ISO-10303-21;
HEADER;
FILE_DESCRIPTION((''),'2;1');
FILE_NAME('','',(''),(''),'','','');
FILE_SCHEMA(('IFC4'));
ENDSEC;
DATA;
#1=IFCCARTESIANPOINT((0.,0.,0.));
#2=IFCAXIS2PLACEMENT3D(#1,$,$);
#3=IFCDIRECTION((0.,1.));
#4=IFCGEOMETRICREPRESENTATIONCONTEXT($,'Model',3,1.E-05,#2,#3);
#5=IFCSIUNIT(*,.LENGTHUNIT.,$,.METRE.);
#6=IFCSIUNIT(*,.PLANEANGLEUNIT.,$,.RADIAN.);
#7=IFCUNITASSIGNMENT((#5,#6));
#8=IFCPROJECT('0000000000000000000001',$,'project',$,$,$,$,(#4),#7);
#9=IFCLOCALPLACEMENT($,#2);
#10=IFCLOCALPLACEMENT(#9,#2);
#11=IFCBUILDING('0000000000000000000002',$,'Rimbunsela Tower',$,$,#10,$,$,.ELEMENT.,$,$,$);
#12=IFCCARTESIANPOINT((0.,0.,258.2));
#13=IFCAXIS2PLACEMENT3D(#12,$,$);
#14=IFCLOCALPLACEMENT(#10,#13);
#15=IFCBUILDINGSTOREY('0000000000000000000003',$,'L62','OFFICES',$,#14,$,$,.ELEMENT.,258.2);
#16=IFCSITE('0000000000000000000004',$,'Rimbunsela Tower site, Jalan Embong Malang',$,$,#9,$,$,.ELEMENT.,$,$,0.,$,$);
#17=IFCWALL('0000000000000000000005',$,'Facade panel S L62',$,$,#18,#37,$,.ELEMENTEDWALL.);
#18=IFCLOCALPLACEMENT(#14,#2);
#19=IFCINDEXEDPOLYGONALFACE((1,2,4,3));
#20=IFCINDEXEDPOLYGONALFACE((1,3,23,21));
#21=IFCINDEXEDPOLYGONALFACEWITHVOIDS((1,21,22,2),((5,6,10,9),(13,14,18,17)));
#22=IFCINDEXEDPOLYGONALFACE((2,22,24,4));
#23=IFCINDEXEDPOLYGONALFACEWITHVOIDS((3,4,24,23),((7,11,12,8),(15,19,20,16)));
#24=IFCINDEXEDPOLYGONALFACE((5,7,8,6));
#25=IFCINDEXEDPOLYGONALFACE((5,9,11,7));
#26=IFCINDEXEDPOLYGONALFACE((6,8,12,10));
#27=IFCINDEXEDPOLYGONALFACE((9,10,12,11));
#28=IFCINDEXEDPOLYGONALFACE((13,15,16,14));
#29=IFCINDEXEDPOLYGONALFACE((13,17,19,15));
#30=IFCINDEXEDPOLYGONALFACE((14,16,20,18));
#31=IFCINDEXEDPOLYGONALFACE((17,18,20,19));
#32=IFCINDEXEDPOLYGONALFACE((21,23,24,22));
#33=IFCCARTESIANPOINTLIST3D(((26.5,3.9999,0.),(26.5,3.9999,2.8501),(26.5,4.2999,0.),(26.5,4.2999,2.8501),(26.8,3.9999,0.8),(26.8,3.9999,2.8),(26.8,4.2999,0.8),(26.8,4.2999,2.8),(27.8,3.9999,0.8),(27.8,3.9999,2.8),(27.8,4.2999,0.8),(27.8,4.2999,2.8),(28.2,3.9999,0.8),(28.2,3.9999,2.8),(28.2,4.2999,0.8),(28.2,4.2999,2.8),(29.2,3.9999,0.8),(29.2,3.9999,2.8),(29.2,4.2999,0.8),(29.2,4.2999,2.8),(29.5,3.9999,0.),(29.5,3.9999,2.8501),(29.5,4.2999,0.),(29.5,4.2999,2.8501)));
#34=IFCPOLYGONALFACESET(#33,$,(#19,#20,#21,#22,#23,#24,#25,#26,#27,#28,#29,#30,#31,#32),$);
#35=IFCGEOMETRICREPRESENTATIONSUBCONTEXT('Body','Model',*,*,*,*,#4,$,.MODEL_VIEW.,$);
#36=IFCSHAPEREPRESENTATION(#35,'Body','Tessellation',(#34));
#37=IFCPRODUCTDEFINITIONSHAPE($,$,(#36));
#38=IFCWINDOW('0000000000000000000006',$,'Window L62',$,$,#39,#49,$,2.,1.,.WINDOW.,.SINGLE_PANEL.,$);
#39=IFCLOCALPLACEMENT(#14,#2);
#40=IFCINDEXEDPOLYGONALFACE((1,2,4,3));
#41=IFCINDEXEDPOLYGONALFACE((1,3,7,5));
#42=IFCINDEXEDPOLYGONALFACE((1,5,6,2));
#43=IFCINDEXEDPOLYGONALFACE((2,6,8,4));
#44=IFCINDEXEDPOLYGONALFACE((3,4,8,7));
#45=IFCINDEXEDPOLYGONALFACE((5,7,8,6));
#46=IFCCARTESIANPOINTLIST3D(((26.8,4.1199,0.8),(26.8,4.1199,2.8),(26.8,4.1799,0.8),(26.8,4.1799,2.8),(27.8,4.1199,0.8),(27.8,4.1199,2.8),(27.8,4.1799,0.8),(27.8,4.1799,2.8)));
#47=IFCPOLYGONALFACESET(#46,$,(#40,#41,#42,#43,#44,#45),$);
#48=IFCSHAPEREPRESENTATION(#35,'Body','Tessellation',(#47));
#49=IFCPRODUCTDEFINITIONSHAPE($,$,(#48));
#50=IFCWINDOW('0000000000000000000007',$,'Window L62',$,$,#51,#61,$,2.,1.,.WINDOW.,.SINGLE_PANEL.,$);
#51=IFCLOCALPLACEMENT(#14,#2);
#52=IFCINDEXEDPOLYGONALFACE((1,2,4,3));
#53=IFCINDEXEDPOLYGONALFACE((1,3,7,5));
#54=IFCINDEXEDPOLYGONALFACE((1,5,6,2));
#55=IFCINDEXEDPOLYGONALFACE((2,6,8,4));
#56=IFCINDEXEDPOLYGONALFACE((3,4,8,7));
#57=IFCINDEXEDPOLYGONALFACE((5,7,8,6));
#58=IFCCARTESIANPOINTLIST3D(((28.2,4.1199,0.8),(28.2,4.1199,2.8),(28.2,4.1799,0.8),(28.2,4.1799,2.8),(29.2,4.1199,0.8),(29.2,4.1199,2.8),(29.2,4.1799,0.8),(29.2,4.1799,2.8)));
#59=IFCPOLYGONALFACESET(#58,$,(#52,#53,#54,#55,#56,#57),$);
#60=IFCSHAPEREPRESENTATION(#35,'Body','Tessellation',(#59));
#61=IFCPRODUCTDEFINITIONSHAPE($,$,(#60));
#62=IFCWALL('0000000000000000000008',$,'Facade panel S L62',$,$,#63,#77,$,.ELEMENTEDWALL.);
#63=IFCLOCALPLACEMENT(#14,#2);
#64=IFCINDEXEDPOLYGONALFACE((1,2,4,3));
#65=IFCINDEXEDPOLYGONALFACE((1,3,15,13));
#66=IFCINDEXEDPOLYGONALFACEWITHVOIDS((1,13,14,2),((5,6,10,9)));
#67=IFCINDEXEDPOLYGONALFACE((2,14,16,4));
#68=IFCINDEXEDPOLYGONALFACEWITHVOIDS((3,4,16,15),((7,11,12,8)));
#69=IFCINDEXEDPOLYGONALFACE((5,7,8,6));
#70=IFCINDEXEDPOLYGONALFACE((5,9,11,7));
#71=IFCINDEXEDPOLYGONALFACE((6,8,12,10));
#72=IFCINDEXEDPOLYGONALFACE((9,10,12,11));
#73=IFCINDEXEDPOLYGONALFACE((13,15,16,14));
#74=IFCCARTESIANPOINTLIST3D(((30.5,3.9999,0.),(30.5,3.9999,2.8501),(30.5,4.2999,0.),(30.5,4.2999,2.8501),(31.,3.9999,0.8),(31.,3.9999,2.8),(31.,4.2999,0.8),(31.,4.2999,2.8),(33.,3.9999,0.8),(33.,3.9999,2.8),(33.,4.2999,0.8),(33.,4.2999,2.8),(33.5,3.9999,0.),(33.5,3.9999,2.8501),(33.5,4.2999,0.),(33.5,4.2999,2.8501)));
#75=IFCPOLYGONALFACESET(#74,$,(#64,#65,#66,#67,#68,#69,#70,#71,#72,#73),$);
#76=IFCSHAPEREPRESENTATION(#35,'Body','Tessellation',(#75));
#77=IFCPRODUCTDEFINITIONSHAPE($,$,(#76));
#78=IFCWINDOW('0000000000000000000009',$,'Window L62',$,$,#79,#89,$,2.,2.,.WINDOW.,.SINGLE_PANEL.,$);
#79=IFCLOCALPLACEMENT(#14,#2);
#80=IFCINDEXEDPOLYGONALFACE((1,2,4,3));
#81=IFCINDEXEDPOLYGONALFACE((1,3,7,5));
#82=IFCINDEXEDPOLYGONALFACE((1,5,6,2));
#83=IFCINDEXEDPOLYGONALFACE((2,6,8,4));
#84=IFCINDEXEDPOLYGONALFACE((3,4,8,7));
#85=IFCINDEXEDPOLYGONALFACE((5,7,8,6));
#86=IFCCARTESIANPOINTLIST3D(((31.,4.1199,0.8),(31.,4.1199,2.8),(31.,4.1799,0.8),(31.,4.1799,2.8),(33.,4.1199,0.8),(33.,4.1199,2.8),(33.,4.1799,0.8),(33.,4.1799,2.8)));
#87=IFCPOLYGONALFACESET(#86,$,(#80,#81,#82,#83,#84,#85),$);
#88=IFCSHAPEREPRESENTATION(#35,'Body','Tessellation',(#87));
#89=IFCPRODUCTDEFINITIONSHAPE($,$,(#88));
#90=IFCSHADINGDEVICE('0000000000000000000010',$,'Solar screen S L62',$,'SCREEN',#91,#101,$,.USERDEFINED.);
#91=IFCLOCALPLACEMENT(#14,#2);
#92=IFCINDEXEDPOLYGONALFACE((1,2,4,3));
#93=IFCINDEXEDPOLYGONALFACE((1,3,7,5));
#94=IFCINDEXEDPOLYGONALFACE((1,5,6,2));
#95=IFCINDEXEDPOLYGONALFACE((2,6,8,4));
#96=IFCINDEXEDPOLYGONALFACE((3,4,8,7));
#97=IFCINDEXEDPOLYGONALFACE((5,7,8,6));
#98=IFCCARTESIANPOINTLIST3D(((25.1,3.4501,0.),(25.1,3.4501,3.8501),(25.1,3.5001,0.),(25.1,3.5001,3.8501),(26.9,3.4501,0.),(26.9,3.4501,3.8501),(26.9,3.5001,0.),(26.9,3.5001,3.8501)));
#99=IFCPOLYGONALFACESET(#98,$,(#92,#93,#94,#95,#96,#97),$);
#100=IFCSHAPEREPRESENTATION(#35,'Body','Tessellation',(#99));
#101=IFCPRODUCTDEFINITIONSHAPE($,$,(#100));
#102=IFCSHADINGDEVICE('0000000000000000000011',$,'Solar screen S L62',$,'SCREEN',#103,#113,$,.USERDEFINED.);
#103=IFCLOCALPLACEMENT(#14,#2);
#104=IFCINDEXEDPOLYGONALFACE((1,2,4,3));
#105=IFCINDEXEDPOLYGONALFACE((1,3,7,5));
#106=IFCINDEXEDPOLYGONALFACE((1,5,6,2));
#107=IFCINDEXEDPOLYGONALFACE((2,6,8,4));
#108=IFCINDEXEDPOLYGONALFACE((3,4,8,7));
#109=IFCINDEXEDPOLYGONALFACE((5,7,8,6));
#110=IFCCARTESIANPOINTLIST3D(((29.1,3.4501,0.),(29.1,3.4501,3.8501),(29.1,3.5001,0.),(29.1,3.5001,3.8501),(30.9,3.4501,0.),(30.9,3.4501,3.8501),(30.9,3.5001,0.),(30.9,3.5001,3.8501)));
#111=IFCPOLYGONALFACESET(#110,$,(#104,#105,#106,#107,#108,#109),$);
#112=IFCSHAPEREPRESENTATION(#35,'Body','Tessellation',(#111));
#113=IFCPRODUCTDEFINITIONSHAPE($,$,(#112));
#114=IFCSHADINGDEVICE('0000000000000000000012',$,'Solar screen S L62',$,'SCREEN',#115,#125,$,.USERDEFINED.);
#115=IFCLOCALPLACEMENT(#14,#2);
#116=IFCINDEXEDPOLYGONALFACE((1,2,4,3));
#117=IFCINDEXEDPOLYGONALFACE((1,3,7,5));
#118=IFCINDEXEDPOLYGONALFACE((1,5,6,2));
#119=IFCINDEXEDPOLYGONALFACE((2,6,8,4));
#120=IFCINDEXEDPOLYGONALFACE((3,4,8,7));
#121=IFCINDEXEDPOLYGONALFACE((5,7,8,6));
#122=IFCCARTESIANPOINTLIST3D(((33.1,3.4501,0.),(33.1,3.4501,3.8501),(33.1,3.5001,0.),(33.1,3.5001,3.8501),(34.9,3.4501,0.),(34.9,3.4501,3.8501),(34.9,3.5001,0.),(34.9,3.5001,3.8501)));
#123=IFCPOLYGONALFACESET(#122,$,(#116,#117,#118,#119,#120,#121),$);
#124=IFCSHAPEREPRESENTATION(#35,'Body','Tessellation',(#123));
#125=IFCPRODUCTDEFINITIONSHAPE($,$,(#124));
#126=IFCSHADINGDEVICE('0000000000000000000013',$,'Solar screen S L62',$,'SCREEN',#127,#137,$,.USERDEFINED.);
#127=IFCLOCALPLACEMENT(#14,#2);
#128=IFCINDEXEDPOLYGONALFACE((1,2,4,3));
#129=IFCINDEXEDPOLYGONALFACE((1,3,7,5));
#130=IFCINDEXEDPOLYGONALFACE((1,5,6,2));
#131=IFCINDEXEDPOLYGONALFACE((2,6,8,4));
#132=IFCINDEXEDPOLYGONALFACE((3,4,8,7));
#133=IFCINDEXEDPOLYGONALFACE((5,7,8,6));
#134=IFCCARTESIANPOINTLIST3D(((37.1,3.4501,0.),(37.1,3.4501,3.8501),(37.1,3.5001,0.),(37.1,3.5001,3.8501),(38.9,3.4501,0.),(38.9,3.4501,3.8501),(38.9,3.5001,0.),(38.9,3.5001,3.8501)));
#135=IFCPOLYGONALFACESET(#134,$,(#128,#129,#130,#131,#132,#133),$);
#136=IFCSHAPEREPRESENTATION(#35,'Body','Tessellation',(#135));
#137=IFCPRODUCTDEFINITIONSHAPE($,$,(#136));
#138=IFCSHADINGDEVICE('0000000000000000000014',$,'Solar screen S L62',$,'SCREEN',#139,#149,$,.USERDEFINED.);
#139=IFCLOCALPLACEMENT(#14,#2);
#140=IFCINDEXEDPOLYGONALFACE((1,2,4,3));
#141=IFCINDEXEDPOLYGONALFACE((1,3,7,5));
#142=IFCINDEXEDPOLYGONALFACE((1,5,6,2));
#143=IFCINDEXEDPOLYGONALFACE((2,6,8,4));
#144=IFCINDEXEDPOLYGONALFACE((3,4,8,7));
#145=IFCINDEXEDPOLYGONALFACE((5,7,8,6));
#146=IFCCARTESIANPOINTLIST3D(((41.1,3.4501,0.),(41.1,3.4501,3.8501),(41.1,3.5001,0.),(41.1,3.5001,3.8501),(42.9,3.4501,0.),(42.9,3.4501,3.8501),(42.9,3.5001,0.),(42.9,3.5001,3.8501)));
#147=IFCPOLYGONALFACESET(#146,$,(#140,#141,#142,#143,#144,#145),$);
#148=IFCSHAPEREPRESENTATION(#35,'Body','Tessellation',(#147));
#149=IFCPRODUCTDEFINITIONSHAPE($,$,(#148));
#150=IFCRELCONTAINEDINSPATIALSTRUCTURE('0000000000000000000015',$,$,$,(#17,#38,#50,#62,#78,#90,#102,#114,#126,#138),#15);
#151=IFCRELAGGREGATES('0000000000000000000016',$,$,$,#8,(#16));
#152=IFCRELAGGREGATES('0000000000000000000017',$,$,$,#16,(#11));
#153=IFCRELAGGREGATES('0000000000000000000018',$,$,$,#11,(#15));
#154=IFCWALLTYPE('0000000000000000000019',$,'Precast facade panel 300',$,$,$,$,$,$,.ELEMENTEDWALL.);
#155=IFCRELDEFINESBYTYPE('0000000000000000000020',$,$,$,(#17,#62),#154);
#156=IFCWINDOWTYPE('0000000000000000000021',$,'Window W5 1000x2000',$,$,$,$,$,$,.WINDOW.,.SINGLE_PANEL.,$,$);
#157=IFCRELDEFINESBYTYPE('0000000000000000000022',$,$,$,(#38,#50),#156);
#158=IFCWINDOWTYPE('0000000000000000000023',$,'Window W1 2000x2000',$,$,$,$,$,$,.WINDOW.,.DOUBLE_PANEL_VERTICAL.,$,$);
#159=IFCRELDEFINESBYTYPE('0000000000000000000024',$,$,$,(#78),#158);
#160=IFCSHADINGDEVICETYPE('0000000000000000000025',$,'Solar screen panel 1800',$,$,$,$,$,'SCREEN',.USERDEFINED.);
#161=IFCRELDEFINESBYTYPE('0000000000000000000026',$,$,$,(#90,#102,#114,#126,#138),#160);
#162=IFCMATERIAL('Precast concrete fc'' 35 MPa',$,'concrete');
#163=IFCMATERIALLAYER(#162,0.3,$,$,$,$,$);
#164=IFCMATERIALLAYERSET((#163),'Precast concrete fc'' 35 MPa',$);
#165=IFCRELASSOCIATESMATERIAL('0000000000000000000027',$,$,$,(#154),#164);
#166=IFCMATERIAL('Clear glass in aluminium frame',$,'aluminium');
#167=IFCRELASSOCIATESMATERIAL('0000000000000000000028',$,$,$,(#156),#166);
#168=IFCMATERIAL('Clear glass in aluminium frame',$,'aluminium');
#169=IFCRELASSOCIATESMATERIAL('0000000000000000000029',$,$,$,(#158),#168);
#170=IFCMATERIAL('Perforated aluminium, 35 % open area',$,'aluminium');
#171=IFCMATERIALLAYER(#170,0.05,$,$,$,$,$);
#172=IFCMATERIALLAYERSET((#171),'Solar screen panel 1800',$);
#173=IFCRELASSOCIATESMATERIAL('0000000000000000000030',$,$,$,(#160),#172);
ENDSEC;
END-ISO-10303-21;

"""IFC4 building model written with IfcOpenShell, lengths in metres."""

from ifc_helpers import new_model, si_unit, direction, frame, frame_2d, origin, origin_2d, place, context, subcontext, project, spatial, rectangle, extrude, material, layer, layer_set, type_object, element, fill, save


model = new_model("IFC4")

# Units and contexts
model_context = context("Model", 3, precision=1e-05, world=origin(), true_north=direction((0.0, 1.0)))
body_context = subcontext(model_context, "Body", "Model", "MODEL_VIEW")
ifc_project = project(units=[si_unit("LENGTHUNIT", "METRE"), si_unit("PLANEANGLEUNIT", "RADIAN")], contexts=[model_context])

# Site, building, storey
site_placement = place(None, origin())
site = spatial("IfcSite", under=ifc_project, at=site_placement, Name="Rimbunsela Tower site, Jalan Embong Malang", CompositionType="ELEMENT", RefElevation=0.0)
building_placement = place(site_placement, origin())
building = spatial("IfcBuilding", under=site, at=building_placement, Name="Rimbunsela Tower", CompositionType="ELEMENT")
storey_placement = place(building_placement, frame((0.0, 0.0, 258.2)))
storey = spatial("IfcBuildingStorey", under=building, at=storey_placement, Name="L62", Description="OFFICES", CompositionType="ELEMENT", Elevation=258.2)

# Wall, openings, windows
ifc_material_1 = material(Name="Precast concrete fc' 35 MPa", Category="concrete")
ifc_layer_1 = layer(ifc_material_1, 0.3)
ifc_layer_set_1 = layer_set([ifc_layer_1], Name="Precast concrete fc' 35 MPa")
wall_type = type_object("IfcWallType", Name="Precast facade panel 300", PredefinedType="ELEMENTEDWALL", material=ifc_layer_set_1)
wall_1_placement = place(storey_placement, frame((26.5, 4.1499, 0.0), z_axis=(0.0, 0.0, 1.0), x_axis=(1.0, 0.0, 0.0)))
wall_1 = element("IfcWall", 1, at=wall_1_placement, inside=storey, type_object=wall_type, Name="Facade panel S L62", PredefinedType="ELEMENTEDWALL", context=body_context, shape_type="SweptSolid", body=[
    extrude(rectangle(XDim=3.0, YDim=0.3, at=frame_2d((1.5, 0.0))), origin(), (0.0, 0.0, 1.0), 2.8501),
])
opening_1_placement = place(wall_1_placement, frame((0.3, 0.0, 0.8)))
opening_1 = element("IfcOpeningElement", 2, at=opening_1_placement, cuts=wall_1, PredefinedType="OPENING", context=body_context, shape_type="SweptSolid", body=[
    extrude(rectangle(XDim=1.0, YDim=2.0, at=frame_2d((0.5, 1.0))), frame((0.0, 0.1599, 0.0), z_axis=(0.0, -1.0, 0.0), x_axis=(1.0, 0.0, 0.0)), (0.0, 0.0, 1.0), 0.3201),
])
opening_2_placement = place(wall_1_placement, frame((1.7, 0.0, 0.8)))
opening_2 = element("IfcOpeningElement", 3, at=opening_2_placement, cuts=wall_1, PredefinedType="OPENING", context=body_context, shape_type="SweptSolid", body=[
    extrude(rectangle(XDim=1.0, YDim=2.0, at=frame_2d((0.5, 1.0))), frame((0.0, 0.1599, 0.0), z_axis=(0.0, -1.0, 0.0), x_axis=(1.0, 0.0, 0.0)), (0.0, 0.0, 1.0), 0.3201),
])
ifc_material_2 = material(Name="Clear glass in aluminium frame", Category="aluminium")
window_type_1 = type_object("IfcWindowType", Name="Window W5 1000x2000", PartitioningType="SINGLE_PANEL", PredefinedType="WINDOW", material=ifc_material_2)
window_1_placement = place(opening_1_placement, origin())
window_1 = element("IfcWindow", 4, at=window_1_placement, inside=storey, type_object=window_type_1, Name="Window L62", OverallHeight=2.0, OverallWidth=1.0, PartitioningType="SINGLE_PANEL", PredefinedType="WINDOW", context=body_context, shape_type="SweptSolid", body=[
    extrude(rectangle(XDim=1.0, YDim=2.0, at=frame_2d((0.5, 1.0))), frame((0.0, 0.03, 0.0), z_axis=(0.0, -1.0, 0.0), x_axis=(1.0, 0.0, 0.0)), (0.0, 0.0, 1.0), 0.0601),
])
fill(opening_1, window_1)
window_2_placement = place(opening_2_placement, origin())
window_2 = element("IfcWindow", 5, at=window_2_placement, inside=storey, type_object=window_type_1, Name="Window L62", OverallHeight=2.0, OverallWidth=1.0, PartitioningType="SINGLE_PANEL", PredefinedType="WINDOW", context=body_context, shape_type="SweptSolid", body=[
    extrude(rectangle(XDim=1.0, YDim=2.0, at=frame_2d((0.5, 1.0))), frame((0.0, 0.03, 0.0), z_axis=(0.0, -1.0, 0.0), x_axis=(1.0, 0.0, 0.0)), (0.0, 0.0, 1.0), 0.0601),
])
fill(opening_2, window_2)

# Wall, opening, window
wall_2_placement = place(storey_placement, frame((30.5, 4.1499, 0.0), z_axis=(0.0, 0.0, 1.0), x_axis=(1.0, 0.0, 0.0)))
wall_2 = element("IfcWall", 6, at=wall_2_placement, inside=storey, type_object=wall_type, Name="Facade panel S L62", PredefinedType="ELEMENTEDWALL", context=body_context, shape_type="SweptSolid", body=[
    extrude(rectangle(XDim=3.0, YDim=0.3, at=frame_2d((1.5, 0.0))), origin(), (0.0, 0.0, 1.0), 2.8501),
])
opening_3_placement = place(wall_2_placement, frame((0.5, 0.0, 0.8)))
opening_3 = element("IfcOpeningElement", 7, at=opening_3_placement, cuts=wall_2, PredefinedType="OPENING", context=body_context, shape_type="SweptSolid", body=[
    extrude(rectangle(XDim=2.0, YDim=2.0, at=frame_2d((1.0, 1.0))), frame((0.0, 0.1599, 0.0), z_axis=(0.0, -1.0, 0.0), x_axis=(1.0, 0.0, 0.0)), (0.0, 0.0, 1.0), 0.3201),
])
ifc_material_3 = material(Name="Clear glass in aluminium frame", Category="aluminium")
window_type_2 = type_object("IfcWindowType", Name="Window W1 2000x2000", PartitioningType="DOUBLE_PANEL_VERTICAL", PredefinedType="WINDOW", material=ifc_material_3)
window_3_placement = place(opening_3_placement, origin())
window_3 = element("IfcWindow", 8, at=window_3_placement, inside=storey, type_object=window_type_2, Name="Window L62", OverallHeight=2.0, OverallWidth=2.0, PartitioningType="SINGLE_PANEL", PredefinedType="WINDOW", context=body_context, shape_type="SweptSolid", body=[
    extrude(rectangle(XDim=2.0, YDim=2.0, at=frame_2d((1.0, 1.0))), frame((0.0, 0.03, 0.0), z_axis=(0.0, -1.0, 0.0), x_axis=(1.0, 0.0, 0.0)), (0.0, 0.0, 1.0), 0.0601),
])
fill(opening_3, window_3)

# Shading devices
ifc_material_4 = material(Name="Perforated aluminium, 35 % open area", Category="aluminium")
ifc_layer_2 = layer(ifc_material_4, 0.05)
ifc_layer_set_2 = layer_set([ifc_layer_2], Name="Solar screen panel 1800")
shading_device_type = type_object("IfcShadingDeviceType", Name="Solar screen panel 1800", ElementType="SCREEN", PredefinedType="USERDEFINED", material=ifc_layer_set_2)
for number, where, z_axis, x_axis, name in (
    (9, (26.0, 3.4751, 0.0), (0.0, 0.0, 1.0), (1.0, 0.0, 0.0), "Solar screen S L62"),
    (10, (30.0, 3.4751, 0.0), (0.0, 0.0, 1.0), (1.0, 0.0, 0.0), "Solar screen S L62"),
    (11, (34.0, 3.4751, 0.0), (0.0, 0.0, 1.0), (1.0, 0.0, 0.0), "Solar screen S L62"),
    (12, (38.0, 3.4751, 0.0), (0.0, 0.0, 1.0), (1.0, 0.0, 0.0), "Solar screen S L62"),
    (13, (42.0, 3.4751, 0.0), (0.0, 0.0, 1.0), (1.0, 0.0, 0.0), "Solar screen S L62"),
):
    element("IfcShadingDevice", number, at=place(storey_placement, frame(where, z_axis=z_axis, x_axis=x_axis)), inside=storey, type_object=shading_device_type, Name=name, ObjectType="SCREEN", PredefinedType="USERDEFINED", context=body_context, shape_type="SweptSolid", body=[
        extrude(rectangle(XDim=1.8, YDim=0.05, at=origin_2d()), origin(), (0.0, 0.0, 1.0), 3.8501),
    ])

save(model, "model.ifc")
